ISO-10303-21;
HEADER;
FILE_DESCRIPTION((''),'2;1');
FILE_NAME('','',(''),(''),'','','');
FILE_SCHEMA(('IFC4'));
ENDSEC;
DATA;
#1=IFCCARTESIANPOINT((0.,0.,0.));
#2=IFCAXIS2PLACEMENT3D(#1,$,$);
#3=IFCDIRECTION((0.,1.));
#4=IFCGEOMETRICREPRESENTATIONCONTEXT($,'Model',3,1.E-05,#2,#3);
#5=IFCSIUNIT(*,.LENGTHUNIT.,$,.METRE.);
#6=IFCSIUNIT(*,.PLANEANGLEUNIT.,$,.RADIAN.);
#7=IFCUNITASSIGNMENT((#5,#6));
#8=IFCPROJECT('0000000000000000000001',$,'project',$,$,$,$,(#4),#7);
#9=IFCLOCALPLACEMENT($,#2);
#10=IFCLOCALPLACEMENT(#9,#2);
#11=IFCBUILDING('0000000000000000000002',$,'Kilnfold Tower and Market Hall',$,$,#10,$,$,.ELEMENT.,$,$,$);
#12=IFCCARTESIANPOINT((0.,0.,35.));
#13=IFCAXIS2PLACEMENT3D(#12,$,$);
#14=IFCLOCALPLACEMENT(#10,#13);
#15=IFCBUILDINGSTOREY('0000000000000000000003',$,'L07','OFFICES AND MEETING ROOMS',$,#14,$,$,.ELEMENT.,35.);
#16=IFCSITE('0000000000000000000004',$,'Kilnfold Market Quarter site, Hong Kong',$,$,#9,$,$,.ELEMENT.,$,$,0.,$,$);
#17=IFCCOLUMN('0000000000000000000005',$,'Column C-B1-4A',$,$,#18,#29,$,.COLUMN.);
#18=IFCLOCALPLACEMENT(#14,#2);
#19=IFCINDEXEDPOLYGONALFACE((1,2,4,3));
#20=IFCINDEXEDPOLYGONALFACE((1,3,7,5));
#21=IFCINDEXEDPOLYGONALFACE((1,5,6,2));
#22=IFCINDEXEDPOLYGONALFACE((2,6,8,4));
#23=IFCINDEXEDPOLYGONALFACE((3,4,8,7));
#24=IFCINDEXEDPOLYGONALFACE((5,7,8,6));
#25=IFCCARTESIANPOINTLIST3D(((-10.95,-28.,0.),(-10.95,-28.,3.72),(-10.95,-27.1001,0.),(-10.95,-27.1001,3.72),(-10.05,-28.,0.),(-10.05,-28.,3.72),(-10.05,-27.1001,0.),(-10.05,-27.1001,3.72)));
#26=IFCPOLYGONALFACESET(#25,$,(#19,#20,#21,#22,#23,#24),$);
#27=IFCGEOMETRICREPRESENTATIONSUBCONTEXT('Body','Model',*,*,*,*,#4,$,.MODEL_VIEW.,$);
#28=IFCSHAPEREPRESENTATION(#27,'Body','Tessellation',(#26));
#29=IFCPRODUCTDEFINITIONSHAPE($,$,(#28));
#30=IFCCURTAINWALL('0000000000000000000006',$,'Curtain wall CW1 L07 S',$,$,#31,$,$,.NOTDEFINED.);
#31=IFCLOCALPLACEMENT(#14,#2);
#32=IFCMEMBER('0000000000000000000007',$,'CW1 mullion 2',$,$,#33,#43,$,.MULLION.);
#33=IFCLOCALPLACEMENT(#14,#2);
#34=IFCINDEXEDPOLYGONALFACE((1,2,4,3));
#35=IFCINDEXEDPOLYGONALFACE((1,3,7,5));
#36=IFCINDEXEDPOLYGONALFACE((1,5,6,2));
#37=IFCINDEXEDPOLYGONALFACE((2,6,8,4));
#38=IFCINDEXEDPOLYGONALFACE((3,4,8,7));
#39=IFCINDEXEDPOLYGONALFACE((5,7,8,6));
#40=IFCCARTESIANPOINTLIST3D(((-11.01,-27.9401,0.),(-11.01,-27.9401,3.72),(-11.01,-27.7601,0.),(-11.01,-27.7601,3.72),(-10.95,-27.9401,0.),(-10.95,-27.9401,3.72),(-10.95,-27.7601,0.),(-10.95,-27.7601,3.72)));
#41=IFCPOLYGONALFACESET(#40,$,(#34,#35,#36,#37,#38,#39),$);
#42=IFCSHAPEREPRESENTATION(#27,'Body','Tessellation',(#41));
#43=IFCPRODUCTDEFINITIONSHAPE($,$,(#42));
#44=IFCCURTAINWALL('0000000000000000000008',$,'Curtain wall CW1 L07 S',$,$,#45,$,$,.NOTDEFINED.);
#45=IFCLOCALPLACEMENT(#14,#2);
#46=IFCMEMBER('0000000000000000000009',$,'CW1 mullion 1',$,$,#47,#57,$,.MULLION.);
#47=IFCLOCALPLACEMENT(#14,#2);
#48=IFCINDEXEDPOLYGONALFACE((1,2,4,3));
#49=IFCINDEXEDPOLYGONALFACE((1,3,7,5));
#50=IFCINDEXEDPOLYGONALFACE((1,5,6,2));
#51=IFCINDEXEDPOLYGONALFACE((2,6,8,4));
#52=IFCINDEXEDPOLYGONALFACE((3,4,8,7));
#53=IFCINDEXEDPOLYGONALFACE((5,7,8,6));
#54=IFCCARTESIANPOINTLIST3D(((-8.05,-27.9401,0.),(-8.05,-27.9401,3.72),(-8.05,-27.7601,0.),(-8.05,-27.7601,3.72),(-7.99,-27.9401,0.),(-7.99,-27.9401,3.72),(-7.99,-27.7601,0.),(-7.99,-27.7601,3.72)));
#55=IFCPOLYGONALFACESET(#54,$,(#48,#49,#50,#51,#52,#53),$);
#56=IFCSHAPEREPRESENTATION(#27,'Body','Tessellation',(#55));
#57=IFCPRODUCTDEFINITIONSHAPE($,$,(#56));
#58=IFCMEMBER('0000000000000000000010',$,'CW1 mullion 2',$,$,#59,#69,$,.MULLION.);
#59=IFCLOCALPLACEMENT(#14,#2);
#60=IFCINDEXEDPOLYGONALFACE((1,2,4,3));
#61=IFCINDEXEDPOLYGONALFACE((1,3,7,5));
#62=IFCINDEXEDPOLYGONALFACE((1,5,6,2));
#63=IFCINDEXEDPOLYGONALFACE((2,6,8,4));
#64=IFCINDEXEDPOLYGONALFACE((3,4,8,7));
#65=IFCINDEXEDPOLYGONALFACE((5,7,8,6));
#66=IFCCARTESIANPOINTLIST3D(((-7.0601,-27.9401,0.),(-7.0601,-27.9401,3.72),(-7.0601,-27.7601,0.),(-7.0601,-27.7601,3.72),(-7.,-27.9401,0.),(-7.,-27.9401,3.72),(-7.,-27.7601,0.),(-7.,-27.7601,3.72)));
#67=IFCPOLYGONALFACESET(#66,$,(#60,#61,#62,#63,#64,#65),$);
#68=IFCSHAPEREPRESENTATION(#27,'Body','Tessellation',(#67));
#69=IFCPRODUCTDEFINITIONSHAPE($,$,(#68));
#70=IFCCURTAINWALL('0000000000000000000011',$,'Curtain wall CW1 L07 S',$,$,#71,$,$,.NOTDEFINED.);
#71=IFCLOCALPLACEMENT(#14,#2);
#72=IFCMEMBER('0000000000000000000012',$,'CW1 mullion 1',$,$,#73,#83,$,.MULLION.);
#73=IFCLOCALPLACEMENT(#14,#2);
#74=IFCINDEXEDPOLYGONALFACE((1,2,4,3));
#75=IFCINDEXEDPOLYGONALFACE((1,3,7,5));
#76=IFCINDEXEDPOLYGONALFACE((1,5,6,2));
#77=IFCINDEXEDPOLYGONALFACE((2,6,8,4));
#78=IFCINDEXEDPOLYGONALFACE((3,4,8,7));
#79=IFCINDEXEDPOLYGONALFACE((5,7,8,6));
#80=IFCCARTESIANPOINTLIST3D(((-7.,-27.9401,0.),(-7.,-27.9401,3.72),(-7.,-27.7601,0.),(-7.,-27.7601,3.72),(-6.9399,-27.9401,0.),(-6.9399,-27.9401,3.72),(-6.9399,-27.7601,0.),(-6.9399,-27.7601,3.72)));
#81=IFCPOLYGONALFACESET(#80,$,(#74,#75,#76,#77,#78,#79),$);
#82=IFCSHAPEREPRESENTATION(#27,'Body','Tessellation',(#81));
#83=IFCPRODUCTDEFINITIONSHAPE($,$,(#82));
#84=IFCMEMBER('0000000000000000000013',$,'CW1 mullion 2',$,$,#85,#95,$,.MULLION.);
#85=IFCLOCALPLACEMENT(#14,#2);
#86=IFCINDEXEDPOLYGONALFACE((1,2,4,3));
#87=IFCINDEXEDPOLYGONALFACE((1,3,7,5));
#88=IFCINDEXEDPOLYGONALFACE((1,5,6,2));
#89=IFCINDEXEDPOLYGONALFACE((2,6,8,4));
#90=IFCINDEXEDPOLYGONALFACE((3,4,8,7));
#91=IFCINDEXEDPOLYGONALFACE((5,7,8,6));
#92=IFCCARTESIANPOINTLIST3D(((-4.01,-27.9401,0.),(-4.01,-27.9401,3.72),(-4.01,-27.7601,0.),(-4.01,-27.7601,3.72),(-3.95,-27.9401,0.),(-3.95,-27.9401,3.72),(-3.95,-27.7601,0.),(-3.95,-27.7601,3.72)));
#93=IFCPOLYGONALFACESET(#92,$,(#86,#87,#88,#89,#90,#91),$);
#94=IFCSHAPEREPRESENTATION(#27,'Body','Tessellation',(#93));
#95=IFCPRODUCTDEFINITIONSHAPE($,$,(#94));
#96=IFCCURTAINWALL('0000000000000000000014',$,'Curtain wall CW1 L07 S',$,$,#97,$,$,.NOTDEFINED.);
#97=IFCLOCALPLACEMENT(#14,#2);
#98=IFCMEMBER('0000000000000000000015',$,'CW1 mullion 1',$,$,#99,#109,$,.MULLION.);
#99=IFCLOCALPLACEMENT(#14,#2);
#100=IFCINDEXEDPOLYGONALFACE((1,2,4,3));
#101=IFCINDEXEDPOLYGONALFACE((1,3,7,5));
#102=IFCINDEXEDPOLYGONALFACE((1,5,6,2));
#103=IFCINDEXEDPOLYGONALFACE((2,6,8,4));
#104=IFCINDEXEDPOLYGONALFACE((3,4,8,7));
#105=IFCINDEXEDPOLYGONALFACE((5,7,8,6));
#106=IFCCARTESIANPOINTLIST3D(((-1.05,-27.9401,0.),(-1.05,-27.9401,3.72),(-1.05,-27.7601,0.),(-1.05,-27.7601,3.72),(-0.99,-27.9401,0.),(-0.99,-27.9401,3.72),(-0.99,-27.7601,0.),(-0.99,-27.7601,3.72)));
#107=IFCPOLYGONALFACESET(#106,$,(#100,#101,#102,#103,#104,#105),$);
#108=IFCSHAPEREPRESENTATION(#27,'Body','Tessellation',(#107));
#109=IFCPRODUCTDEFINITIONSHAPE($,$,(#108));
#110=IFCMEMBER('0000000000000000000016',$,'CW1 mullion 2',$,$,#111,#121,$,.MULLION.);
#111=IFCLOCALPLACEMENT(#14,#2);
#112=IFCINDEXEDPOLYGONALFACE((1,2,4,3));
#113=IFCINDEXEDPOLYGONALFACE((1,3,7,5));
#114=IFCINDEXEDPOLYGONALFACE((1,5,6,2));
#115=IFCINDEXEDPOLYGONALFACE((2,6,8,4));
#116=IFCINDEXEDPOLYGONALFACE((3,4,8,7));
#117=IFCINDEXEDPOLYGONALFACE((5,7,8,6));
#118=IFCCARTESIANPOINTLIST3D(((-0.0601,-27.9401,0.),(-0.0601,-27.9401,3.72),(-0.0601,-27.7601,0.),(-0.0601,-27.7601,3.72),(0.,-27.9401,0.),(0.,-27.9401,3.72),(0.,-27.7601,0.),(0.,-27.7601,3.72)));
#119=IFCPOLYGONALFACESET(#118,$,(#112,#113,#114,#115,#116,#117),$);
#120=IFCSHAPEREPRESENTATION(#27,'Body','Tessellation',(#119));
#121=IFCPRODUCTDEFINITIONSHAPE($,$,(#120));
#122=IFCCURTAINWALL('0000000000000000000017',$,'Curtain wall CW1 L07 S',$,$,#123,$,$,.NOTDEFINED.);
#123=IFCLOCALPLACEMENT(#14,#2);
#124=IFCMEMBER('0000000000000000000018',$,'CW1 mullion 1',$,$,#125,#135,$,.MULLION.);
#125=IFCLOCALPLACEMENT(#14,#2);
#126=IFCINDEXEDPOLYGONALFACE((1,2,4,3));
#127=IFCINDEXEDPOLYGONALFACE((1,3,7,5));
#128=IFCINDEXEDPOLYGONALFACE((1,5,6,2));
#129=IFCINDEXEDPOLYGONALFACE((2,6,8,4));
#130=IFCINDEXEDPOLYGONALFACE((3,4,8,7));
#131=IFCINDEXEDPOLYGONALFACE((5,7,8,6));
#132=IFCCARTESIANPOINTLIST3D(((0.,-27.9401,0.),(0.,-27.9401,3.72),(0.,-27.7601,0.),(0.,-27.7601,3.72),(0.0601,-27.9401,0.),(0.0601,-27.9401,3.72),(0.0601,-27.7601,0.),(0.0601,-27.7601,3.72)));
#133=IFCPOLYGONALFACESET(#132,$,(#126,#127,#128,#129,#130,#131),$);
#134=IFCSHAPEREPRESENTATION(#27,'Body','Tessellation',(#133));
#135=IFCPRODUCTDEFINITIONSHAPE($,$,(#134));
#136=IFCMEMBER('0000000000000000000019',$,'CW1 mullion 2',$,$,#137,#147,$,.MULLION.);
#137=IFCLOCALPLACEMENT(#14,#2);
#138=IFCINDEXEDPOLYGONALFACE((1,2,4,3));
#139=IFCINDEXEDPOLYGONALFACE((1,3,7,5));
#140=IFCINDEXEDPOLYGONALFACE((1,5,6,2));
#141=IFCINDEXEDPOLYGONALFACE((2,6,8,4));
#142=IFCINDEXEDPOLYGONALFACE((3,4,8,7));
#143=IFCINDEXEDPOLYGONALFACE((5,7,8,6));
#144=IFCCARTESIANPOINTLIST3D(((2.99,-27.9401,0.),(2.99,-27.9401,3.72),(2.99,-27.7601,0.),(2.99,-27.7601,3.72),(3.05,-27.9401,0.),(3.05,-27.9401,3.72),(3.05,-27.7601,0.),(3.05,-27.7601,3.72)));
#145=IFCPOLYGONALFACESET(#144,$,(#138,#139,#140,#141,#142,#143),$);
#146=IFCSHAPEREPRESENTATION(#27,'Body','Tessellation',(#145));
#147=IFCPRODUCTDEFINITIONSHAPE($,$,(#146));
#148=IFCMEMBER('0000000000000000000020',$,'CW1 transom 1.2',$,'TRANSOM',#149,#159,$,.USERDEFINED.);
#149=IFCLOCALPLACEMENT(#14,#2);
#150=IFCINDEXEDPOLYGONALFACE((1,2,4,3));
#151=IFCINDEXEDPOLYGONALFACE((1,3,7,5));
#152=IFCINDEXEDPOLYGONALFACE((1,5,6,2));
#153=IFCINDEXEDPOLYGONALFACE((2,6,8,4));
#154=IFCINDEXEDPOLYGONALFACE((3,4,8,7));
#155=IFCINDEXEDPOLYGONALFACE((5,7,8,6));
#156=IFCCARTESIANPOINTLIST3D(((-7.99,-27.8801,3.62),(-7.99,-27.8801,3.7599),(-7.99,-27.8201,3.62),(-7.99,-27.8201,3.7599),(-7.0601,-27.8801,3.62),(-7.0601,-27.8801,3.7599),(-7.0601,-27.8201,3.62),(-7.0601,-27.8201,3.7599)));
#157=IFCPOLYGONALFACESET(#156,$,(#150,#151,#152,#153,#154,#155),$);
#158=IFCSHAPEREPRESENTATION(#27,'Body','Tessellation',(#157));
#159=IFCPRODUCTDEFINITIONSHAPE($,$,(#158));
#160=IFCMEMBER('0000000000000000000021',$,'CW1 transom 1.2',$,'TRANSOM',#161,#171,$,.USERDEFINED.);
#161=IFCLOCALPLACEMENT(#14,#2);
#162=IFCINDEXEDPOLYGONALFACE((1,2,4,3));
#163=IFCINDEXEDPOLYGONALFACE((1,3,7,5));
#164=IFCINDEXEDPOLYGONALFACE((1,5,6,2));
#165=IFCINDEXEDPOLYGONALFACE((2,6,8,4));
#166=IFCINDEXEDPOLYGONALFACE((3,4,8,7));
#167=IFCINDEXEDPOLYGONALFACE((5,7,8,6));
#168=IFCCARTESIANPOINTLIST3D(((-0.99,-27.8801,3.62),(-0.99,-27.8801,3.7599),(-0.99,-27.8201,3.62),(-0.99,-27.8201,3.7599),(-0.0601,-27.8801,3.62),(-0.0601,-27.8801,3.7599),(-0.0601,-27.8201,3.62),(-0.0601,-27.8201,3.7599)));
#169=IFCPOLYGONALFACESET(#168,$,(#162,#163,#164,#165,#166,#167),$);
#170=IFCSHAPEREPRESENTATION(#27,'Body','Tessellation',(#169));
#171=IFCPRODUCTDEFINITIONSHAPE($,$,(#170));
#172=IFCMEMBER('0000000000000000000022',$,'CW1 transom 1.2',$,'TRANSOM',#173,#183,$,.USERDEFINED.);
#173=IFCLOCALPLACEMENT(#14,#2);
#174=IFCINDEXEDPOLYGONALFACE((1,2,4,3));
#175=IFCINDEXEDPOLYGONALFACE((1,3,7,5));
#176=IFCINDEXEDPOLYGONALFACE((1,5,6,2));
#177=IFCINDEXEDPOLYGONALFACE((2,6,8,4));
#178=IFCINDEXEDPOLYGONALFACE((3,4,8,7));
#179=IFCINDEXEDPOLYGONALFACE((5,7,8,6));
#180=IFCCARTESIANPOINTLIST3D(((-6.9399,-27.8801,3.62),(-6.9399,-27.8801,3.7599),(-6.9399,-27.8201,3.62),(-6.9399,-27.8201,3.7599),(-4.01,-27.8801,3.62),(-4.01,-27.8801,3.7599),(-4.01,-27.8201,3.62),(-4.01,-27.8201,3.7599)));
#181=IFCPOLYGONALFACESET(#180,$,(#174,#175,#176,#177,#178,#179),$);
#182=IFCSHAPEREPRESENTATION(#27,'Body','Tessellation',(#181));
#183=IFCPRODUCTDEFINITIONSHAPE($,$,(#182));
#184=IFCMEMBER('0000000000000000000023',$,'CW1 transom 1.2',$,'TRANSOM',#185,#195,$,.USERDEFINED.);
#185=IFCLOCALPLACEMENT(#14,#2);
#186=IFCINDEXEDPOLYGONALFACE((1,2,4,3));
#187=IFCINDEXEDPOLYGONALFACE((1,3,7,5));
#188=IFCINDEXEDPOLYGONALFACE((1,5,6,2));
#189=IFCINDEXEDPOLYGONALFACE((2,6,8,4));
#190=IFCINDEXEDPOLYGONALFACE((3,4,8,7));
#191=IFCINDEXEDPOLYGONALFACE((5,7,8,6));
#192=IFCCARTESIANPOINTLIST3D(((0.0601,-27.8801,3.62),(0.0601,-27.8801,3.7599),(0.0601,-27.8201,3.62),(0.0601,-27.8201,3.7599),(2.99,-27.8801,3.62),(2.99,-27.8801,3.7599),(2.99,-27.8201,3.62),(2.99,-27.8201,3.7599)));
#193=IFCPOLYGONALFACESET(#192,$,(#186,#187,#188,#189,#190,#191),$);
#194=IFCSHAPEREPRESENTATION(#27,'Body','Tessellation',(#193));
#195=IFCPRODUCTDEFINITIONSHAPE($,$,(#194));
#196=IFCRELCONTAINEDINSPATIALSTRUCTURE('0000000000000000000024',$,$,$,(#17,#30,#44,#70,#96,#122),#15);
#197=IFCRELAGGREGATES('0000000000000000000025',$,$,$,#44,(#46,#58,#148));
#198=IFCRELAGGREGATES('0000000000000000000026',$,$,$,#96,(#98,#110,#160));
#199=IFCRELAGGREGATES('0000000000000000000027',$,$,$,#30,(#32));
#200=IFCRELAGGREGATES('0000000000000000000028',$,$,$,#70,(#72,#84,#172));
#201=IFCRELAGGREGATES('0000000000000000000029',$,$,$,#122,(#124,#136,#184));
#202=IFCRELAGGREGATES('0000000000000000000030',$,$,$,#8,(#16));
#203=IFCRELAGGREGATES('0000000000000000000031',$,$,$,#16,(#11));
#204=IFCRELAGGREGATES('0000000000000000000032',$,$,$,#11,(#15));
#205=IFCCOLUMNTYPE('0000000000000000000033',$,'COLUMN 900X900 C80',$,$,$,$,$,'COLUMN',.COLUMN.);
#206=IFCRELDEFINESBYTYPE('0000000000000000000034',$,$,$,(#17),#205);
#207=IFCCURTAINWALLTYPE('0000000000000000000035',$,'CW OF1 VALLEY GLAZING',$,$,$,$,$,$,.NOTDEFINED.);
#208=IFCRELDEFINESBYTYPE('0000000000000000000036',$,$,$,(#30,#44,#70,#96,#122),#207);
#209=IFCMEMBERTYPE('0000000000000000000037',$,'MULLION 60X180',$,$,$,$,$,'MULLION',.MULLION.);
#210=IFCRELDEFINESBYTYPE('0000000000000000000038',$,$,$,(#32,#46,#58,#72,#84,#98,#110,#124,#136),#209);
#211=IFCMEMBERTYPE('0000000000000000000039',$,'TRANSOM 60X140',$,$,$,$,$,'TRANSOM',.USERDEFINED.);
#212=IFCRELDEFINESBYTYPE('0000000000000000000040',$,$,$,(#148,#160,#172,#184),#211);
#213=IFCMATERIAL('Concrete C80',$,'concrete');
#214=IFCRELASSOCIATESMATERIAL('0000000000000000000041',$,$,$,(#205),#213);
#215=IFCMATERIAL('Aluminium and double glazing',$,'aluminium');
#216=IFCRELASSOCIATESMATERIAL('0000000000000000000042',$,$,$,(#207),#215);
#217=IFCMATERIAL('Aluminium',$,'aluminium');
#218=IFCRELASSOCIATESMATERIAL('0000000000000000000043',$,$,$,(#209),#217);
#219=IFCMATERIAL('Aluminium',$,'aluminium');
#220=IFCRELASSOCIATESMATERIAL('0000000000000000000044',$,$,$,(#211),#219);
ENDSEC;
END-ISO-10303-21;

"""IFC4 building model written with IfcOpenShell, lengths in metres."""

from ifc_helpers import new_model, si_unit, direction, frame, origin, origin_2d, place, context, subcontext, project, spatial, rectangle, extrude, source, transform, mapped, material, material_profile, profile_set, type_object, element, aggregate, save


model = new_model("IFC4")

# Units and contexts
model_context = context("Model", 3, precision=1e-05, world=origin(), true_north=direction((0.0, 1.0)))
body_context = subcontext(model_context, "Body", "Model", "MODEL_VIEW")
ifc_project = project(units=[si_unit("LENGTHUNIT", "METRE"), si_unit("PLANEANGLEUNIT", "RADIAN")], contexts=[model_context])

# Site, building, storey
site_placement = place(None, origin())
site = spatial("IfcSite", under=ifc_project, at=site_placement, Name="Kilnfold Market Quarter site, Hong Kong", CompositionType="ELEMENT", RefElevation=0.0)
building_placement = place(site_placement, origin())
building = spatial("IfcBuilding", under=site, at=building_placement, Name="Kilnfold Tower and Market Hall", CompositionType="ELEMENT")
storey_placement = place(building_placement, frame((0.0, 0.0, 35.0)))
storey = spatial("IfcBuildingStorey", under=building, at=storey_placement, Name="L07", Description="OFFICES AND MEETING ROOMS", CompositionType="ELEMENT", Elevation=35.0)

# Column
ifc_material_1 = material(Name="Concrete C80", Category="concrete")
ifc_material_profile_1 = material_profile(ifc_material_1, rectangle(XDim=0.8999, YDim=0.8999, at=origin_2d()), Name="RC 900x900")
ifc_profile_set_1 = profile_set([ifc_material_profile_1], Name="Concrete C80")
column_type = type_object("IfcColumnType", Name="COLUMN 900X900 C80", ElementType="COLUMN", PredefinedType="COLUMN", material=ifc_profile_set_1)
shared_shape_1 = source(origin(), body_context, "Body", "SweptSolid", [
    extrude(rectangle(XDim=0.8999, YDim=0.8999, at=origin_2d()), origin(), (0.0, 0.0, 1.0), 3.72),
])
column_placement = place(storey_placement, frame((-10.5, -27.55, 0.0), z_axis=(0.0, 0.0, 1.0), x_axis=(1.0, 0.0, 0.0)))
element("IfcColumn", 1, at=column_placement, inside=storey, type_object=column_type, Name="Column C-B1-4A", PredefinedType="COLUMN", context=body_context, shape_type="MappedRepresentation", body=[
    mapped(shared_shape_1, transform((0.0, 0.0, 0.0))),
])

# Curtain wall, member
ifc_material_2 = material(Name="Aluminium and double glazing", Category="aluminium")
curtain_wall_type = type_object("IfcCurtainWallType", Name="CW OF1 VALLEY GLAZING", PredefinedType="NOTDEFINED", material=ifc_material_2)
curtain_wall_1_placement = place(storey_placement, origin())
curtain_wall_1 = element("IfcCurtainWall", 2, at=curtain_wall_1_placement, inside=storey, type_object=curtain_wall_type, Name="Curtain wall CW1 L07 S", PredefinedType="NOTDEFINED")
ifc_material_3 = material(Name="Aluminium", Category="aluminium")
ifc_material_profile_2 = material_profile(ifc_material_3, rectangle(XDim=0.0601, YDim=0.1799, at=origin_2d()), Name="MULLION 60x180")
ifc_profile_set_2 = profile_set([ifc_material_profile_2], Name="Aluminium")
member_type_1 = type_object("IfcMemberType", Name="MULLION 60X180", ElementType="MULLION", PredefinedType="MULLION", material=ifc_profile_set_2)
shared_shape_2 = source(origin(), body_context, "Body", "SweptSolid", [
    extrude(rectangle(XDim=0.0601, YDim=0.1799, at=origin_2d()), origin(), (0.0, 0.0, 1.0), 3.72),
])
member_1_placement = place(storey_placement, frame((-10.98, -27.8501, 0.0), z_axis=(0.0, 0.0, 1.0), x_axis=(1.0, 0.0, 0.0)))
member_1 = element("IfcMember", 3, at=member_1_placement, type_object=member_type_1, Name="CW1 mullion 2", PredefinedType="MULLION", context=body_context, shape_type="MappedRepresentation", body=[
    mapped(shared_shape_2, transform((0.0, 0.0, 0.0))),
])

# Curtain walls, members
curtain_wall_2_placement = place(storey_placement, origin())
curtain_wall_2 = element("IfcCurtainWall", 4, at=curtain_wall_2_placement, inside=storey, type_object=curtain_wall_type, Name="Curtain wall CW1 L07 S", PredefinedType="NOTDEFINED")
member_2_placement = place(storey_placement, frame((-8.02, -27.8501, 0.0), z_axis=(0.0, 0.0, 1.0), x_axis=(1.0, 0.0, 0.0)))
member_2 = element("IfcMember", 5, at=member_2_placement, type_object=member_type_1, Name="CW1 mullion 1", PredefinedType="MULLION", context=body_context, shape_type="MappedRepresentation", body=[
    mapped(shared_shape_2, transform((0.0, 0.0, 0.0))),
])
member_3_placement = place(storey_placement, frame((-7.03, -27.8501, 0.0), z_axis=(0.0, 0.0, 1.0), x_axis=(1.0, 0.0, 0.0)))
member_3 = element("IfcMember", 6, at=member_3_placement, type_object=member_type_1, Name="CW1 mullion 2", PredefinedType="MULLION", context=body_context, shape_type="MappedRepresentation", body=[
    mapped(shared_shape_2, transform((0.0, 0.0, 0.0))),
])
curtain_wall_3_placement = place(storey_placement, origin())
curtain_wall_3 = element("IfcCurtainWall", 7, at=curtain_wall_3_placement, inside=storey, type_object=curtain_wall_type, Name="Curtain wall CW1 L07 S", PredefinedType="NOTDEFINED")
member_4_placement = place(storey_placement, frame((-6.97, -27.8501, 0.0), z_axis=(0.0, 0.0, 1.0), x_axis=(1.0, 0.0, 0.0)))
member_4 = element("IfcMember", 8, at=member_4_placement, type_object=member_type_1, Name="CW1 mullion 1", PredefinedType="MULLION", context=body_context, shape_type="MappedRepresentation", body=[
    mapped(shared_shape_2, transform((0.0, 0.0, 0.0))),
])
member_5_placement = place(storey_placement, frame((-3.98, -27.8501, 0.0), z_axis=(0.0, 0.0, 1.0), x_axis=(1.0, 0.0, 0.0)))
member_5 = element("IfcMember", 9, at=member_5_placement, type_object=member_type_1, Name="CW1 mullion 2", PredefinedType="MULLION", context=body_context, shape_type="MappedRepresentation", body=[
    mapped(shared_shape_2, transform((0.0, 0.0, 0.0))),
])
curtain_wall_4_placement = place(storey_placement, origin())
curtain_wall_4 = element("IfcCurtainWall", 10, at=curtain_wall_4_placement, inside=storey, type_object=curtain_wall_type, Name="Curtain wall CW1 L07 S", PredefinedType="NOTDEFINED")
member_6_placement = place(storey_placement, frame((-1.02, -27.8501, 0.0), z_axis=(0.0, 0.0, 1.0), x_axis=(1.0, 0.0, 0.0)))
member_6 = element("IfcMember", 11, at=member_6_placement, type_object=member_type_1, Name="CW1 mullion 1", PredefinedType="MULLION", context=body_context, shape_type="MappedRepresentation", body=[
    mapped(shared_shape_2, transform((0.0, 0.0, 0.0))),
])
member_7_placement = place(storey_placement, frame((-0.03, -27.8501, 0.0), z_axis=(0.0, 0.0, 1.0), x_axis=(1.0, 0.0, 0.0)))
member_7 = element("IfcMember", 12, at=member_7_placement, type_object=member_type_1, Name="CW1 mullion 2", PredefinedType="MULLION", context=body_context, shape_type="MappedRepresentation", body=[
    mapped(shared_shape_2, transform((0.0, 0.0, 0.0))),
])
curtain_wall_5_placement = place(storey_placement, origin())
curtain_wall_5 = element("IfcCurtainWall", 13, at=curtain_wall_5_placement, inside=storey, type_object=curtain_wall_type, Name="Curtain wall CW1 L07 S", PredefinedType="NOTDEFINED")
member_8_placement = place(storey_placement, frame((0.03, -27.8501, 0.0), z_axis=(0.0, 0.0, 1.0), x_axis=(1.0, 0.0, 0.0)))
member_8 = element("IfcMember", 14, at=member_8_placement, type_object=member_type_1, Name="CW1 mullion 1", PredefinedType="MULLION", context=body_context, shape_type="MappedRepresentation", body=[
    mapped(shared_shape_2, transform((0.0, 0.0, 0.0))),
])
member_9_placement = place(storey_placement, frame((3.02, -27.8501, 0.0), z_axis=(0.0, 0.0, 1.0), x_axis=(1.0, 0.0, 0.0)))
member_9 = element("IfcMember", 15, at=member_9_placement, type_object=member_type_1, Name="CW1 mullion 2", PredefinedType="MULLION", context=body_context, shape_type="MappedRepresentation", body=[
    mapped(shared_shape_2, transform((0.0, 0.0, 0.0))),
])

# Members
ifc_material_4 = material(Name="Aluminium", Category="aluminium")
ifc_material_profile_3 = material_profile(ifc_material_4, rectangle(XDim=0.0601, YDim=0.1399, at=origin_2d()), Name="TRANSOM 60x140")
ifc_profile_set_3 = profile_set([ifc_material_profile_3], Name="Aluminium")
member_type_2 = type_object("IfcMemberType", Name="TRANSOM 60X140", ElementType="TRANSOM", PredefinedType="USERDEFINED", material=ifc_profile_set_3)
shared_shape_3 = source(origin(), body_context, "Body", "SweptSolid", [
    extrude(rectangle(XDim=0.0601, YDim=0.1399, at=origin_2d()), origin(), (0.0, 0.0, 1.0), 0.9299),
])
member_10_placement = place(storey_placement, frame((-7.99, -27.8501, 3.6899), z_axis=(1.0, 0.0, 0.0), x_axis=(0.0, 1.0, 0.0)))
member_10 = element("IfcMember", 16, at=member_10_placement, type_object=member_type_2, Name="CW1 transom 1.2", ObjectType="TRANSOM", PredefinedType="USERDEFINED", context=body_context, shape_type="MappedRepresentation", body=[
    mapped(shared_shape_3, transform((0.0, 0.0, 0.0))),
])
member_11_placement = place(storey_placement, frame((-0.99, -27.8501, 3.6899), z_axis=(1.0, 0.0, 0.0), x_axis=(0.0, 1.0, 0.0)))
member_11 = element("IfcMember", 17, at=member_11_placement, type_object=member_type_2, Name="CW1 transom 1.2", ObjectType="TRANSOM", PredefinedType="USERDEFINED", context=body_context, shape_type="MappedRepresentation", body=[
    mapped(shared_shape_3, transform((0.0, 0.0, 0.0))),
])
shared_shape_4 = source(origin(), body_context, "Body", "SweptSolid", [
    extrude(rectangle(XDim=0.0601, YDim=0.1399, at=origin_2d()), origin(), (0.0, 0.0, 1.0), 2.9299),
])
member_12_placement = place(storey_placement, frame((-6.9399, -27.8501, 3.6899), z_axis=(1.0, 0.0, 0.0), x_axis=(0.0, 1.0, 0.0)))
member_12 = element("IfcMember", 18, at=member_12_placement, type_object=member_type_2, Name="CW1 transom 1.2", ObjectType="TRANSOM", PredefinedType="USERDEFINED", context=body_context, shape_type="MappedRepresentation", body=[
    mapped(shared_shape_4, transform((0.0, 0.0, 0.0))),
])
member_13_placement = place(storey_placement, frame((0.0601, -27.8501, 3.6899), z_axis=(1.0, 0.0, 0.0), x_axis=(0.0, 1.0, 0.0)))
member_13 = element("IfcMember", 19, at=member_13_placement, type_object=member_type_2, Name="CW1 transom 1.2", ObjectType="TRANSOM", PredefinedType="USERDEFINED", context=body_context, shape_type="MappedRepresentation", body=[
    mapped(shared_shape_4, transform((0.0, 0.0, 0.0))),
])

aggregate(curtain_wall_2, [member_2, member_3, member_10])
aggregate(curtain_wall_4, [member_6, member_7, member_11])
aggregate(curtain_wall_1, [member_1])
aggregate(curtain_wall_3, [member_4, member_5, member_12])
aggregate(curtain_wall_5, [member_8, member_9, member_13])

save(model, "model.ifc")
